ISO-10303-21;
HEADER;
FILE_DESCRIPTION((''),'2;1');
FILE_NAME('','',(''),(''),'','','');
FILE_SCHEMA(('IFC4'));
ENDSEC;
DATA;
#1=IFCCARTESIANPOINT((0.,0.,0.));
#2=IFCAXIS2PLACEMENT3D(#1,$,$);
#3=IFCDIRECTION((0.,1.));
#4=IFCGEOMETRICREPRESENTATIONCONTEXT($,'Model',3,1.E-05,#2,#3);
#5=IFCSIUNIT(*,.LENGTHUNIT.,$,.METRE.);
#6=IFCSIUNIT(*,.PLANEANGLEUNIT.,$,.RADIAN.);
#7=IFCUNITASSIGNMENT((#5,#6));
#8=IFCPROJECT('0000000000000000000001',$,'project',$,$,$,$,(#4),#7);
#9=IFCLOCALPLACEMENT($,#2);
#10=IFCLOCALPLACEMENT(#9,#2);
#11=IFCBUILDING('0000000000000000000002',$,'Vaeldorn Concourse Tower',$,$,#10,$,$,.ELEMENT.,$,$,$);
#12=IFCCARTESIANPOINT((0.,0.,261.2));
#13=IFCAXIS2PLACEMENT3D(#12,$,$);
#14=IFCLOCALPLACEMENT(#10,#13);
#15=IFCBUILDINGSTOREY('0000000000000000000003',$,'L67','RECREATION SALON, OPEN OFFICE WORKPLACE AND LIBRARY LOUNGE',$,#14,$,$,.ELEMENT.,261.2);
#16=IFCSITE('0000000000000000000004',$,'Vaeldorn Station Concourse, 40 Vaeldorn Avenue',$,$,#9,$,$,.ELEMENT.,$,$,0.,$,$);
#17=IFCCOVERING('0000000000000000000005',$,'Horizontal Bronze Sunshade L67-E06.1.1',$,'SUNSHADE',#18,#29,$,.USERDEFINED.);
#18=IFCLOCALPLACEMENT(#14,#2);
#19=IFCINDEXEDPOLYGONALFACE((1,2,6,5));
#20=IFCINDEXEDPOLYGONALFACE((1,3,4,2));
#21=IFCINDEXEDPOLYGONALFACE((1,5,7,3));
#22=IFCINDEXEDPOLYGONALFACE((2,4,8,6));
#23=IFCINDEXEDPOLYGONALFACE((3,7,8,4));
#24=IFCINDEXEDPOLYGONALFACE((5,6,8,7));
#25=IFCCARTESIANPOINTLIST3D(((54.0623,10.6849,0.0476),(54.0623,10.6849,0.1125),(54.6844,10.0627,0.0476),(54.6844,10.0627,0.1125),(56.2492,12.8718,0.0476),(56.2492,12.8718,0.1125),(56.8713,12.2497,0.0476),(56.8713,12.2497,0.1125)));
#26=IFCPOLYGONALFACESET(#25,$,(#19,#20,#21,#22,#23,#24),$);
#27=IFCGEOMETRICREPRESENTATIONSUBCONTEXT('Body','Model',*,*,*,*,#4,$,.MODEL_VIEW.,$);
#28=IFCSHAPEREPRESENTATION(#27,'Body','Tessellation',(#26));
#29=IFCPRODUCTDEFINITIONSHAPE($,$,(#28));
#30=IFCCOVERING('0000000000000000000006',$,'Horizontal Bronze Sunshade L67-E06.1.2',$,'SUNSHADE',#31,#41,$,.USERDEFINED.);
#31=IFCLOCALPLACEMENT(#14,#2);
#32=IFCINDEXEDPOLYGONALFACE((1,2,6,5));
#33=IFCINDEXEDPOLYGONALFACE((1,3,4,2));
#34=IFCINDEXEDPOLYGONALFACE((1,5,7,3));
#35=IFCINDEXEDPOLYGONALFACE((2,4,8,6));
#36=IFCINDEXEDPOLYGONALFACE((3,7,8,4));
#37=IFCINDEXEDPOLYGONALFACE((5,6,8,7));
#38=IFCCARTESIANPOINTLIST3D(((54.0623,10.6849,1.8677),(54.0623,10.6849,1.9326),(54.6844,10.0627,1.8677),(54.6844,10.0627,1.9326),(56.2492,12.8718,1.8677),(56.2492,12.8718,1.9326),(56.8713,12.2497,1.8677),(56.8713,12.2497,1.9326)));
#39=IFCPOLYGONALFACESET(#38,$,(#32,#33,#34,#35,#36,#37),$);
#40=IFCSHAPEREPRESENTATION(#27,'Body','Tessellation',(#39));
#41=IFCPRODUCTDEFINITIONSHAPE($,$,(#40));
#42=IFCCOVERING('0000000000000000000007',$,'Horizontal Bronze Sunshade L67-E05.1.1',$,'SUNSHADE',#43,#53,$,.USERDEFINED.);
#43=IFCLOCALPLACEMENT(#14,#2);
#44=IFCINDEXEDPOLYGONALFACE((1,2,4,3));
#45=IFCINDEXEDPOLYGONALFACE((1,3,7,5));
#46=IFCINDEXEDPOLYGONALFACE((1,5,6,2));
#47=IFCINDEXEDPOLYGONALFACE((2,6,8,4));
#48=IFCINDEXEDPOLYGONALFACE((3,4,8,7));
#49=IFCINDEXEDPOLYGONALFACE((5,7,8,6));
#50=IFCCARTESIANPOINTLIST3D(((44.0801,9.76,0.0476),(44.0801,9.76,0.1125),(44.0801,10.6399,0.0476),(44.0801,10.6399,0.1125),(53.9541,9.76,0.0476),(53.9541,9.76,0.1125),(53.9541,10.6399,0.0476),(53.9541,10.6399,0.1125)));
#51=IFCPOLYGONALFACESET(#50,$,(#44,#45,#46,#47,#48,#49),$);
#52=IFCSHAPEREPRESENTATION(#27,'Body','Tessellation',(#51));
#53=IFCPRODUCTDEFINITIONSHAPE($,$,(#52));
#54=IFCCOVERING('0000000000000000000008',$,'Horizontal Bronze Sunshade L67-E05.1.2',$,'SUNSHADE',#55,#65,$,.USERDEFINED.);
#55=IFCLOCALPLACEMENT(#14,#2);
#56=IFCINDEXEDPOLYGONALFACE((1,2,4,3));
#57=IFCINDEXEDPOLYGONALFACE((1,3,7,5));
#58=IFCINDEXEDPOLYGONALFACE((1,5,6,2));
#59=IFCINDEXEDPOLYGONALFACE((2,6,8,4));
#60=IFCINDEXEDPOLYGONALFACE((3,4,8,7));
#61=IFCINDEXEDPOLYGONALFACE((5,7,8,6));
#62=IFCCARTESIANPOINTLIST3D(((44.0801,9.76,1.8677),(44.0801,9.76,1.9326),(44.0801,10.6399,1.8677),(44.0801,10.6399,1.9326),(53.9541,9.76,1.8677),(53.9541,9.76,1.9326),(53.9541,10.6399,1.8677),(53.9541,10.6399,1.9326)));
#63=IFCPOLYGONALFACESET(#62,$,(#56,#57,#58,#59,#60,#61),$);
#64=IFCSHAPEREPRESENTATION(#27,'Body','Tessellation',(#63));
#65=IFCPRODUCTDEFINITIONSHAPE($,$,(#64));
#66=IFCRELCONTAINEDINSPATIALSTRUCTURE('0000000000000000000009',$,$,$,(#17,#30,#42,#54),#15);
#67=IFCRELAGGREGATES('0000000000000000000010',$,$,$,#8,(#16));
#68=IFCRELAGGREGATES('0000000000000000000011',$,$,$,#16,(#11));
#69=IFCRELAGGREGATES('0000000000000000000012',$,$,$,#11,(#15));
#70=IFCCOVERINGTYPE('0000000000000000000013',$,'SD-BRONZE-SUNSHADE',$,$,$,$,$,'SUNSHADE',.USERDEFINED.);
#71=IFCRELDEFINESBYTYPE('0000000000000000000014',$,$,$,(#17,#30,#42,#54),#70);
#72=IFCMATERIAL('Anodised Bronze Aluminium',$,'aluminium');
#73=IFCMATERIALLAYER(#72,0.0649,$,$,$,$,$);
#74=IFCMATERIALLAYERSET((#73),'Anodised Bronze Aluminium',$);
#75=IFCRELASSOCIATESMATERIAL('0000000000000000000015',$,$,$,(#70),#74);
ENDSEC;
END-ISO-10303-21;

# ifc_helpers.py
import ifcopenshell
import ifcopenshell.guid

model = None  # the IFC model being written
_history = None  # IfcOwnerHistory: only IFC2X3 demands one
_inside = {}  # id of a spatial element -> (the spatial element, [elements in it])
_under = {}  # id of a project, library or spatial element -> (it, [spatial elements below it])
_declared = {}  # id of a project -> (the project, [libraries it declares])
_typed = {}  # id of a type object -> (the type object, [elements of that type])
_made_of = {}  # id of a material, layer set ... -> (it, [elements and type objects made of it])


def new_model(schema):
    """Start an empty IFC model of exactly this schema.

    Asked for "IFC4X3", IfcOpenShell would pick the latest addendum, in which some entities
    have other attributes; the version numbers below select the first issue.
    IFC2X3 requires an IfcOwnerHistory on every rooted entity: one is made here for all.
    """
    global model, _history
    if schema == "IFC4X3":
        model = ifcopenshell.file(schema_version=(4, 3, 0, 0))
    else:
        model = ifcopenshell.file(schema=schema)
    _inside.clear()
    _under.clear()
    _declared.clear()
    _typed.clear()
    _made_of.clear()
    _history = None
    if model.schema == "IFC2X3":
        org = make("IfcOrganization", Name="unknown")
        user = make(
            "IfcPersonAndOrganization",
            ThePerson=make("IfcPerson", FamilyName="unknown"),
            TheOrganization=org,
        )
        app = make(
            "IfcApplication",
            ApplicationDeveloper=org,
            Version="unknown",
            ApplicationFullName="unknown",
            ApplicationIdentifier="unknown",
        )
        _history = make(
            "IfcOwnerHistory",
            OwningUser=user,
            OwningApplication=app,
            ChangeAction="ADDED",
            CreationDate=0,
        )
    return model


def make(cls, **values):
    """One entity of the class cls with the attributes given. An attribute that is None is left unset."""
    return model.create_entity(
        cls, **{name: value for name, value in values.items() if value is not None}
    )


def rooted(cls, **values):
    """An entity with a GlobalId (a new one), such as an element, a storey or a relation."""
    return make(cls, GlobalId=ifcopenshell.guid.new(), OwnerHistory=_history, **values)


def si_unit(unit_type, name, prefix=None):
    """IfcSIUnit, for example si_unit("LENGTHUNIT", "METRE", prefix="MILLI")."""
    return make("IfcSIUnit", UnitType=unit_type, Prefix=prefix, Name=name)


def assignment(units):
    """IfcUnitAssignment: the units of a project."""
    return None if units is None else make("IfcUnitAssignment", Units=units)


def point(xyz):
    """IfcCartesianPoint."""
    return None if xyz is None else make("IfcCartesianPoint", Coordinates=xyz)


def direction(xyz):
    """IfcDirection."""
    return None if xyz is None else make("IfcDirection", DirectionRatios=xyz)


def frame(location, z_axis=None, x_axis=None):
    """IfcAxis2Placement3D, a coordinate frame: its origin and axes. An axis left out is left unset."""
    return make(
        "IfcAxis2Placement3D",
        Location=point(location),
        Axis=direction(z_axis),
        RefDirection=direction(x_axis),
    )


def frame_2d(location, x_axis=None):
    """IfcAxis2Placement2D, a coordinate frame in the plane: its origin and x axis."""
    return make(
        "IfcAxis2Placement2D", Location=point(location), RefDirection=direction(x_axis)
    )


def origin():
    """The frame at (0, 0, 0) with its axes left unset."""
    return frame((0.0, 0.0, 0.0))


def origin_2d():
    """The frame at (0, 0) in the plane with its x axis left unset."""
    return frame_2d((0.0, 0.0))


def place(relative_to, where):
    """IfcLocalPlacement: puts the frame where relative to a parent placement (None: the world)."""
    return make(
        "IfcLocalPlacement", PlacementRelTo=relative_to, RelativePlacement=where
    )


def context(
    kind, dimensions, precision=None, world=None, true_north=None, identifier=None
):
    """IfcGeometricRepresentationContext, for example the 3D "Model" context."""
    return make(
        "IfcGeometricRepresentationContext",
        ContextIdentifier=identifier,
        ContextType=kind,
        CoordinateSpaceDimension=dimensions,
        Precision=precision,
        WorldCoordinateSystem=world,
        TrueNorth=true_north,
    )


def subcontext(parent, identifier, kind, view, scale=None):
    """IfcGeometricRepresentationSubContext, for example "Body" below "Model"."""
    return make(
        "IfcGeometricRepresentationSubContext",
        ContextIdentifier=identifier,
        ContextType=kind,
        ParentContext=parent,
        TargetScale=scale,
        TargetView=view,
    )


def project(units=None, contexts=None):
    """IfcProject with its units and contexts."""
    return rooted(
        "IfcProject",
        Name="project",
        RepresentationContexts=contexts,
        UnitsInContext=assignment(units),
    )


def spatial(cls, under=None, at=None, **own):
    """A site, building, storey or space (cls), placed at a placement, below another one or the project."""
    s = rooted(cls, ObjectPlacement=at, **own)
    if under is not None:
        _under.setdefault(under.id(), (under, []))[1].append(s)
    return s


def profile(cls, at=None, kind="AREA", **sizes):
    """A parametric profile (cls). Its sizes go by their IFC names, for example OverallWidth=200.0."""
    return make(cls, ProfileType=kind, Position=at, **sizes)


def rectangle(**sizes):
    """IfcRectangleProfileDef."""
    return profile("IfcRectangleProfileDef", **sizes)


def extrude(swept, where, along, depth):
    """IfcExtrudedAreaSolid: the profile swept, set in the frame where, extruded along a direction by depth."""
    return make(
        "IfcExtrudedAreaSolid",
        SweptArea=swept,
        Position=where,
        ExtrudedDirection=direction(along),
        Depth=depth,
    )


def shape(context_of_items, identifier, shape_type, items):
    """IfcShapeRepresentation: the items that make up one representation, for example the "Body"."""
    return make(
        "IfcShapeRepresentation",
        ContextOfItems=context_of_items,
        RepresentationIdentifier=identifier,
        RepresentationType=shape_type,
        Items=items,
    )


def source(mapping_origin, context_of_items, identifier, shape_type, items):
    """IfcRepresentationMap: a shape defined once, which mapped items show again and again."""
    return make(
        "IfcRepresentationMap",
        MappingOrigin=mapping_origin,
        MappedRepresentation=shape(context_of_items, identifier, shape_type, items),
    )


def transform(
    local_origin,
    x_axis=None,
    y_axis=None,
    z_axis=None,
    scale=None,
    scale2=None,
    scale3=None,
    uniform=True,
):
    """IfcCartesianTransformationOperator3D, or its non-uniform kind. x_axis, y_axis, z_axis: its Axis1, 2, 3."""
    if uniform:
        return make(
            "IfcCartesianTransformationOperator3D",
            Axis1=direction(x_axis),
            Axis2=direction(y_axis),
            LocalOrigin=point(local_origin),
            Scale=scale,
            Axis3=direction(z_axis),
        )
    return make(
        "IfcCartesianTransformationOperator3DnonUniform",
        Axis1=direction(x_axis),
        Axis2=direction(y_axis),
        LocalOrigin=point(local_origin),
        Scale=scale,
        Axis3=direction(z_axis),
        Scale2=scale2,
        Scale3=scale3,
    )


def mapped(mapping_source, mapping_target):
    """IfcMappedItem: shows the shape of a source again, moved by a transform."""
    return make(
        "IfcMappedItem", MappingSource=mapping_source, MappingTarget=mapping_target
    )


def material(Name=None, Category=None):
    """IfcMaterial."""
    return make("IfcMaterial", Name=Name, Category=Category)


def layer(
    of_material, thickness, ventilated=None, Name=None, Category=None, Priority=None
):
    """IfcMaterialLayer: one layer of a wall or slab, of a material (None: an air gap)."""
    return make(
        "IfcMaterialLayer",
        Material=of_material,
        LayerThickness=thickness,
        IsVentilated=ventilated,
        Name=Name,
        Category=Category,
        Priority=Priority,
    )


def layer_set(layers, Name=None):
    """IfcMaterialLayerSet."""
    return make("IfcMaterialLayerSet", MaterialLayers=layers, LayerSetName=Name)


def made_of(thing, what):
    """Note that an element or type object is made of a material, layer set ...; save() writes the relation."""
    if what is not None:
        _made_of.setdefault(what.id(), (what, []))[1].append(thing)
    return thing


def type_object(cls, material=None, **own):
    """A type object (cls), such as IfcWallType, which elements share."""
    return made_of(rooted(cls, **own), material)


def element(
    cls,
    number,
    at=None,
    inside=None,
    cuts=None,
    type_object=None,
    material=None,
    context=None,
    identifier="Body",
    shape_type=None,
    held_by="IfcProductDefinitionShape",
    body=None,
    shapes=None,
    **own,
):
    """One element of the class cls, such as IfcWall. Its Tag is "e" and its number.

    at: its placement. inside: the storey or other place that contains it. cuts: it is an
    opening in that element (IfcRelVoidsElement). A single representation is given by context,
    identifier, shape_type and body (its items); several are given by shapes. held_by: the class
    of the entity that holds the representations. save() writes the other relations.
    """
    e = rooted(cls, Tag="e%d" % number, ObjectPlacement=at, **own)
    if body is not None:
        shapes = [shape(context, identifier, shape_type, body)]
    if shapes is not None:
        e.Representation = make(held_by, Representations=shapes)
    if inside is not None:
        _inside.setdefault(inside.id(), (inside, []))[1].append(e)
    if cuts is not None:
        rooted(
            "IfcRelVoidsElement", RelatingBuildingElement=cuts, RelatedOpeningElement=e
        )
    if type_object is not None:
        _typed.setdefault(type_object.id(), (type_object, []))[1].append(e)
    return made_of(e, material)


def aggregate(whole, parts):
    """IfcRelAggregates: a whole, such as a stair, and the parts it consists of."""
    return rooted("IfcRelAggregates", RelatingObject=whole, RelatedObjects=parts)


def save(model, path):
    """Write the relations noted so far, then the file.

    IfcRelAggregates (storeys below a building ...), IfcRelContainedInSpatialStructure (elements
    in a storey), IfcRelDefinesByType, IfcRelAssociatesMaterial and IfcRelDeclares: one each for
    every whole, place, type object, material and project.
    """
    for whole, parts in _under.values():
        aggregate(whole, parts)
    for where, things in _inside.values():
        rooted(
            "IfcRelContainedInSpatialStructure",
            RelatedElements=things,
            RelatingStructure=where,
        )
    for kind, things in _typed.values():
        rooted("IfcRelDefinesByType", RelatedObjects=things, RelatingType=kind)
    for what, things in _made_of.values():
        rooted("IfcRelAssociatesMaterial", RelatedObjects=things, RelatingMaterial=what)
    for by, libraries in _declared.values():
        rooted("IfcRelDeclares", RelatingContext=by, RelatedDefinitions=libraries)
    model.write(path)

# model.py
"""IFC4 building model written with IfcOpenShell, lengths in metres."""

from ifc_helpers import new_model, si_unit, direction, frame, origin, origin_2d, place, context, subcontext, project, spatial, rectangle, extrude, source, transform, mapped, material, layer, layer_set, type_object, element, save


model = new_model("IFC4")

# Units and contexts
model_context = context("Model", 3, precision=1e-05, world=origin(), true_north=direction((0.0, 1.0)))
body_context = subcontext(model_context, "Body", "Model", "MODEL_VIEW")
ifc_project = project(units=[si_unit("LENGTHUNIT", "METRE"), si_unit("PLANEANGLEUNIT", "RADIAN")], contexts=[model_context])

# Site, building, storey
site_placement = place(None, origin())
site = spatial("IfcSite", under=ifc_project, at=site_placement, Name="Vaeldorn Station Concourse, 40 Vaeldorn Avenue", CompositionType="ELEMENT", RefElevation=0.0)
building_placement = place(site_placement, origin())
building = spatial("IfcBuilding", under=site, at=building_placement, Name="Vaeldorn Concourse Tower", CompositionType="ELEMENT")
storey_placement = place(building_placement, frame((0.0, 0.0, 261.2)))
storey = spatial("IfcBuildingStorey", under=building, at=storey_placement, Name="L67", Description="RECREATION SALON, OPEN OFFICE WORKPLACE AND LIBRARY LOUNGE", CompositionType="ELEMENT", Elevation=261.2)

# Shared definitions
ifc_material_1 = material(Name="Anodised Bronze Aluminium", Category="aluminium")

# Coverings
ifc_layer_1 = layer(ifc_material_1, 0.0649)
ifc_layer_set_1 = layer_set([ifc_layer_1], Name="Anodised Bronze Aluminium")
covering_type = type_object("IfcCoveringType", Name="SD-BRONZE-SUNSHADE", ElementType="SUNSHADE", PredefinedType="USERDEFINED", material=ifc_layer_set_1)
shared_shape_1 = source(origin(), body_context, "Body", "SweptSolid", [
    extrude(rectangle(XDim=3.0928, YDim=0.8799, at=origin_2d()), origin(), (0.0, 0.0, 1.0), 0.0649),
])
for number, where, z_axis, x_axis, name in (
    (1, (55.4668, 11.4673, 0.0476), (0.0, 0.0, 1.0), (0.707107, 0.707107, 0.0), "Horizontal Bronze Sunshade L67-E06.1.1"),
    (2, (55.4668, 11.4673, 1.8677), (0.0, 0.0, 1.0), (0.707107, 0.707107, 0.0), "Horizontal Bronze Sunshade L67-E06.1.2"),
):
    element("IfcCovering", number, at=place(storey_placement, frame(where, z_axis=z_axis, x_axis=x_axis)), inside=storey, type_object=covering_type, Name=name, ObjectType="SUNSHADE", PredefinedType="USERDEFINED", context=body_context, shape_type="MappedRepresentation", body=[
        mapped(shared_shape_1, transform((0.0, 0.0, 0.0), scale=1.0)),
    ])
shared_shape_2 = source(origin(), body_context, "Body", "SweptSolid", [
    extrude(rectangle(XDim=9.874, YDim=0.8799, at=origin_2d()), origin(), (0.0, 0.0, 1.0), 0.0649),
])
for number, where, z_axis, x_axis, name in (
    (3, (49.0171, 10.2, 0.0476), (0.0, 0.0, 1.0), (1.0, 0.0, 0.0), "Horizontal Bronze Sunshade L67-E05.1.1"),
    (4, (49.0171, 10.2, 1.8677), (0.0, 0.0, 1.0), (1.0, 0.0, 0.0), "Horizontal Bronze Sunshade L67-E05.1.2"),
):
    element("IfcCovering", number, at=place(storey_placement, frame(where, z_axis=z_axis, x_axis=x_axis)), inside=storey, type_object=covering_type, Name=name, ObjectType="SUNSHADE", PredefinedType="USERDEFINED", context=body_context, shape_type="MappedRepresentation", body=[
        mapped(shared_shape_2, transform((0.0, 0.0, 0.0), scale=1.0)),
    ])

save(model, "model.ifc")
